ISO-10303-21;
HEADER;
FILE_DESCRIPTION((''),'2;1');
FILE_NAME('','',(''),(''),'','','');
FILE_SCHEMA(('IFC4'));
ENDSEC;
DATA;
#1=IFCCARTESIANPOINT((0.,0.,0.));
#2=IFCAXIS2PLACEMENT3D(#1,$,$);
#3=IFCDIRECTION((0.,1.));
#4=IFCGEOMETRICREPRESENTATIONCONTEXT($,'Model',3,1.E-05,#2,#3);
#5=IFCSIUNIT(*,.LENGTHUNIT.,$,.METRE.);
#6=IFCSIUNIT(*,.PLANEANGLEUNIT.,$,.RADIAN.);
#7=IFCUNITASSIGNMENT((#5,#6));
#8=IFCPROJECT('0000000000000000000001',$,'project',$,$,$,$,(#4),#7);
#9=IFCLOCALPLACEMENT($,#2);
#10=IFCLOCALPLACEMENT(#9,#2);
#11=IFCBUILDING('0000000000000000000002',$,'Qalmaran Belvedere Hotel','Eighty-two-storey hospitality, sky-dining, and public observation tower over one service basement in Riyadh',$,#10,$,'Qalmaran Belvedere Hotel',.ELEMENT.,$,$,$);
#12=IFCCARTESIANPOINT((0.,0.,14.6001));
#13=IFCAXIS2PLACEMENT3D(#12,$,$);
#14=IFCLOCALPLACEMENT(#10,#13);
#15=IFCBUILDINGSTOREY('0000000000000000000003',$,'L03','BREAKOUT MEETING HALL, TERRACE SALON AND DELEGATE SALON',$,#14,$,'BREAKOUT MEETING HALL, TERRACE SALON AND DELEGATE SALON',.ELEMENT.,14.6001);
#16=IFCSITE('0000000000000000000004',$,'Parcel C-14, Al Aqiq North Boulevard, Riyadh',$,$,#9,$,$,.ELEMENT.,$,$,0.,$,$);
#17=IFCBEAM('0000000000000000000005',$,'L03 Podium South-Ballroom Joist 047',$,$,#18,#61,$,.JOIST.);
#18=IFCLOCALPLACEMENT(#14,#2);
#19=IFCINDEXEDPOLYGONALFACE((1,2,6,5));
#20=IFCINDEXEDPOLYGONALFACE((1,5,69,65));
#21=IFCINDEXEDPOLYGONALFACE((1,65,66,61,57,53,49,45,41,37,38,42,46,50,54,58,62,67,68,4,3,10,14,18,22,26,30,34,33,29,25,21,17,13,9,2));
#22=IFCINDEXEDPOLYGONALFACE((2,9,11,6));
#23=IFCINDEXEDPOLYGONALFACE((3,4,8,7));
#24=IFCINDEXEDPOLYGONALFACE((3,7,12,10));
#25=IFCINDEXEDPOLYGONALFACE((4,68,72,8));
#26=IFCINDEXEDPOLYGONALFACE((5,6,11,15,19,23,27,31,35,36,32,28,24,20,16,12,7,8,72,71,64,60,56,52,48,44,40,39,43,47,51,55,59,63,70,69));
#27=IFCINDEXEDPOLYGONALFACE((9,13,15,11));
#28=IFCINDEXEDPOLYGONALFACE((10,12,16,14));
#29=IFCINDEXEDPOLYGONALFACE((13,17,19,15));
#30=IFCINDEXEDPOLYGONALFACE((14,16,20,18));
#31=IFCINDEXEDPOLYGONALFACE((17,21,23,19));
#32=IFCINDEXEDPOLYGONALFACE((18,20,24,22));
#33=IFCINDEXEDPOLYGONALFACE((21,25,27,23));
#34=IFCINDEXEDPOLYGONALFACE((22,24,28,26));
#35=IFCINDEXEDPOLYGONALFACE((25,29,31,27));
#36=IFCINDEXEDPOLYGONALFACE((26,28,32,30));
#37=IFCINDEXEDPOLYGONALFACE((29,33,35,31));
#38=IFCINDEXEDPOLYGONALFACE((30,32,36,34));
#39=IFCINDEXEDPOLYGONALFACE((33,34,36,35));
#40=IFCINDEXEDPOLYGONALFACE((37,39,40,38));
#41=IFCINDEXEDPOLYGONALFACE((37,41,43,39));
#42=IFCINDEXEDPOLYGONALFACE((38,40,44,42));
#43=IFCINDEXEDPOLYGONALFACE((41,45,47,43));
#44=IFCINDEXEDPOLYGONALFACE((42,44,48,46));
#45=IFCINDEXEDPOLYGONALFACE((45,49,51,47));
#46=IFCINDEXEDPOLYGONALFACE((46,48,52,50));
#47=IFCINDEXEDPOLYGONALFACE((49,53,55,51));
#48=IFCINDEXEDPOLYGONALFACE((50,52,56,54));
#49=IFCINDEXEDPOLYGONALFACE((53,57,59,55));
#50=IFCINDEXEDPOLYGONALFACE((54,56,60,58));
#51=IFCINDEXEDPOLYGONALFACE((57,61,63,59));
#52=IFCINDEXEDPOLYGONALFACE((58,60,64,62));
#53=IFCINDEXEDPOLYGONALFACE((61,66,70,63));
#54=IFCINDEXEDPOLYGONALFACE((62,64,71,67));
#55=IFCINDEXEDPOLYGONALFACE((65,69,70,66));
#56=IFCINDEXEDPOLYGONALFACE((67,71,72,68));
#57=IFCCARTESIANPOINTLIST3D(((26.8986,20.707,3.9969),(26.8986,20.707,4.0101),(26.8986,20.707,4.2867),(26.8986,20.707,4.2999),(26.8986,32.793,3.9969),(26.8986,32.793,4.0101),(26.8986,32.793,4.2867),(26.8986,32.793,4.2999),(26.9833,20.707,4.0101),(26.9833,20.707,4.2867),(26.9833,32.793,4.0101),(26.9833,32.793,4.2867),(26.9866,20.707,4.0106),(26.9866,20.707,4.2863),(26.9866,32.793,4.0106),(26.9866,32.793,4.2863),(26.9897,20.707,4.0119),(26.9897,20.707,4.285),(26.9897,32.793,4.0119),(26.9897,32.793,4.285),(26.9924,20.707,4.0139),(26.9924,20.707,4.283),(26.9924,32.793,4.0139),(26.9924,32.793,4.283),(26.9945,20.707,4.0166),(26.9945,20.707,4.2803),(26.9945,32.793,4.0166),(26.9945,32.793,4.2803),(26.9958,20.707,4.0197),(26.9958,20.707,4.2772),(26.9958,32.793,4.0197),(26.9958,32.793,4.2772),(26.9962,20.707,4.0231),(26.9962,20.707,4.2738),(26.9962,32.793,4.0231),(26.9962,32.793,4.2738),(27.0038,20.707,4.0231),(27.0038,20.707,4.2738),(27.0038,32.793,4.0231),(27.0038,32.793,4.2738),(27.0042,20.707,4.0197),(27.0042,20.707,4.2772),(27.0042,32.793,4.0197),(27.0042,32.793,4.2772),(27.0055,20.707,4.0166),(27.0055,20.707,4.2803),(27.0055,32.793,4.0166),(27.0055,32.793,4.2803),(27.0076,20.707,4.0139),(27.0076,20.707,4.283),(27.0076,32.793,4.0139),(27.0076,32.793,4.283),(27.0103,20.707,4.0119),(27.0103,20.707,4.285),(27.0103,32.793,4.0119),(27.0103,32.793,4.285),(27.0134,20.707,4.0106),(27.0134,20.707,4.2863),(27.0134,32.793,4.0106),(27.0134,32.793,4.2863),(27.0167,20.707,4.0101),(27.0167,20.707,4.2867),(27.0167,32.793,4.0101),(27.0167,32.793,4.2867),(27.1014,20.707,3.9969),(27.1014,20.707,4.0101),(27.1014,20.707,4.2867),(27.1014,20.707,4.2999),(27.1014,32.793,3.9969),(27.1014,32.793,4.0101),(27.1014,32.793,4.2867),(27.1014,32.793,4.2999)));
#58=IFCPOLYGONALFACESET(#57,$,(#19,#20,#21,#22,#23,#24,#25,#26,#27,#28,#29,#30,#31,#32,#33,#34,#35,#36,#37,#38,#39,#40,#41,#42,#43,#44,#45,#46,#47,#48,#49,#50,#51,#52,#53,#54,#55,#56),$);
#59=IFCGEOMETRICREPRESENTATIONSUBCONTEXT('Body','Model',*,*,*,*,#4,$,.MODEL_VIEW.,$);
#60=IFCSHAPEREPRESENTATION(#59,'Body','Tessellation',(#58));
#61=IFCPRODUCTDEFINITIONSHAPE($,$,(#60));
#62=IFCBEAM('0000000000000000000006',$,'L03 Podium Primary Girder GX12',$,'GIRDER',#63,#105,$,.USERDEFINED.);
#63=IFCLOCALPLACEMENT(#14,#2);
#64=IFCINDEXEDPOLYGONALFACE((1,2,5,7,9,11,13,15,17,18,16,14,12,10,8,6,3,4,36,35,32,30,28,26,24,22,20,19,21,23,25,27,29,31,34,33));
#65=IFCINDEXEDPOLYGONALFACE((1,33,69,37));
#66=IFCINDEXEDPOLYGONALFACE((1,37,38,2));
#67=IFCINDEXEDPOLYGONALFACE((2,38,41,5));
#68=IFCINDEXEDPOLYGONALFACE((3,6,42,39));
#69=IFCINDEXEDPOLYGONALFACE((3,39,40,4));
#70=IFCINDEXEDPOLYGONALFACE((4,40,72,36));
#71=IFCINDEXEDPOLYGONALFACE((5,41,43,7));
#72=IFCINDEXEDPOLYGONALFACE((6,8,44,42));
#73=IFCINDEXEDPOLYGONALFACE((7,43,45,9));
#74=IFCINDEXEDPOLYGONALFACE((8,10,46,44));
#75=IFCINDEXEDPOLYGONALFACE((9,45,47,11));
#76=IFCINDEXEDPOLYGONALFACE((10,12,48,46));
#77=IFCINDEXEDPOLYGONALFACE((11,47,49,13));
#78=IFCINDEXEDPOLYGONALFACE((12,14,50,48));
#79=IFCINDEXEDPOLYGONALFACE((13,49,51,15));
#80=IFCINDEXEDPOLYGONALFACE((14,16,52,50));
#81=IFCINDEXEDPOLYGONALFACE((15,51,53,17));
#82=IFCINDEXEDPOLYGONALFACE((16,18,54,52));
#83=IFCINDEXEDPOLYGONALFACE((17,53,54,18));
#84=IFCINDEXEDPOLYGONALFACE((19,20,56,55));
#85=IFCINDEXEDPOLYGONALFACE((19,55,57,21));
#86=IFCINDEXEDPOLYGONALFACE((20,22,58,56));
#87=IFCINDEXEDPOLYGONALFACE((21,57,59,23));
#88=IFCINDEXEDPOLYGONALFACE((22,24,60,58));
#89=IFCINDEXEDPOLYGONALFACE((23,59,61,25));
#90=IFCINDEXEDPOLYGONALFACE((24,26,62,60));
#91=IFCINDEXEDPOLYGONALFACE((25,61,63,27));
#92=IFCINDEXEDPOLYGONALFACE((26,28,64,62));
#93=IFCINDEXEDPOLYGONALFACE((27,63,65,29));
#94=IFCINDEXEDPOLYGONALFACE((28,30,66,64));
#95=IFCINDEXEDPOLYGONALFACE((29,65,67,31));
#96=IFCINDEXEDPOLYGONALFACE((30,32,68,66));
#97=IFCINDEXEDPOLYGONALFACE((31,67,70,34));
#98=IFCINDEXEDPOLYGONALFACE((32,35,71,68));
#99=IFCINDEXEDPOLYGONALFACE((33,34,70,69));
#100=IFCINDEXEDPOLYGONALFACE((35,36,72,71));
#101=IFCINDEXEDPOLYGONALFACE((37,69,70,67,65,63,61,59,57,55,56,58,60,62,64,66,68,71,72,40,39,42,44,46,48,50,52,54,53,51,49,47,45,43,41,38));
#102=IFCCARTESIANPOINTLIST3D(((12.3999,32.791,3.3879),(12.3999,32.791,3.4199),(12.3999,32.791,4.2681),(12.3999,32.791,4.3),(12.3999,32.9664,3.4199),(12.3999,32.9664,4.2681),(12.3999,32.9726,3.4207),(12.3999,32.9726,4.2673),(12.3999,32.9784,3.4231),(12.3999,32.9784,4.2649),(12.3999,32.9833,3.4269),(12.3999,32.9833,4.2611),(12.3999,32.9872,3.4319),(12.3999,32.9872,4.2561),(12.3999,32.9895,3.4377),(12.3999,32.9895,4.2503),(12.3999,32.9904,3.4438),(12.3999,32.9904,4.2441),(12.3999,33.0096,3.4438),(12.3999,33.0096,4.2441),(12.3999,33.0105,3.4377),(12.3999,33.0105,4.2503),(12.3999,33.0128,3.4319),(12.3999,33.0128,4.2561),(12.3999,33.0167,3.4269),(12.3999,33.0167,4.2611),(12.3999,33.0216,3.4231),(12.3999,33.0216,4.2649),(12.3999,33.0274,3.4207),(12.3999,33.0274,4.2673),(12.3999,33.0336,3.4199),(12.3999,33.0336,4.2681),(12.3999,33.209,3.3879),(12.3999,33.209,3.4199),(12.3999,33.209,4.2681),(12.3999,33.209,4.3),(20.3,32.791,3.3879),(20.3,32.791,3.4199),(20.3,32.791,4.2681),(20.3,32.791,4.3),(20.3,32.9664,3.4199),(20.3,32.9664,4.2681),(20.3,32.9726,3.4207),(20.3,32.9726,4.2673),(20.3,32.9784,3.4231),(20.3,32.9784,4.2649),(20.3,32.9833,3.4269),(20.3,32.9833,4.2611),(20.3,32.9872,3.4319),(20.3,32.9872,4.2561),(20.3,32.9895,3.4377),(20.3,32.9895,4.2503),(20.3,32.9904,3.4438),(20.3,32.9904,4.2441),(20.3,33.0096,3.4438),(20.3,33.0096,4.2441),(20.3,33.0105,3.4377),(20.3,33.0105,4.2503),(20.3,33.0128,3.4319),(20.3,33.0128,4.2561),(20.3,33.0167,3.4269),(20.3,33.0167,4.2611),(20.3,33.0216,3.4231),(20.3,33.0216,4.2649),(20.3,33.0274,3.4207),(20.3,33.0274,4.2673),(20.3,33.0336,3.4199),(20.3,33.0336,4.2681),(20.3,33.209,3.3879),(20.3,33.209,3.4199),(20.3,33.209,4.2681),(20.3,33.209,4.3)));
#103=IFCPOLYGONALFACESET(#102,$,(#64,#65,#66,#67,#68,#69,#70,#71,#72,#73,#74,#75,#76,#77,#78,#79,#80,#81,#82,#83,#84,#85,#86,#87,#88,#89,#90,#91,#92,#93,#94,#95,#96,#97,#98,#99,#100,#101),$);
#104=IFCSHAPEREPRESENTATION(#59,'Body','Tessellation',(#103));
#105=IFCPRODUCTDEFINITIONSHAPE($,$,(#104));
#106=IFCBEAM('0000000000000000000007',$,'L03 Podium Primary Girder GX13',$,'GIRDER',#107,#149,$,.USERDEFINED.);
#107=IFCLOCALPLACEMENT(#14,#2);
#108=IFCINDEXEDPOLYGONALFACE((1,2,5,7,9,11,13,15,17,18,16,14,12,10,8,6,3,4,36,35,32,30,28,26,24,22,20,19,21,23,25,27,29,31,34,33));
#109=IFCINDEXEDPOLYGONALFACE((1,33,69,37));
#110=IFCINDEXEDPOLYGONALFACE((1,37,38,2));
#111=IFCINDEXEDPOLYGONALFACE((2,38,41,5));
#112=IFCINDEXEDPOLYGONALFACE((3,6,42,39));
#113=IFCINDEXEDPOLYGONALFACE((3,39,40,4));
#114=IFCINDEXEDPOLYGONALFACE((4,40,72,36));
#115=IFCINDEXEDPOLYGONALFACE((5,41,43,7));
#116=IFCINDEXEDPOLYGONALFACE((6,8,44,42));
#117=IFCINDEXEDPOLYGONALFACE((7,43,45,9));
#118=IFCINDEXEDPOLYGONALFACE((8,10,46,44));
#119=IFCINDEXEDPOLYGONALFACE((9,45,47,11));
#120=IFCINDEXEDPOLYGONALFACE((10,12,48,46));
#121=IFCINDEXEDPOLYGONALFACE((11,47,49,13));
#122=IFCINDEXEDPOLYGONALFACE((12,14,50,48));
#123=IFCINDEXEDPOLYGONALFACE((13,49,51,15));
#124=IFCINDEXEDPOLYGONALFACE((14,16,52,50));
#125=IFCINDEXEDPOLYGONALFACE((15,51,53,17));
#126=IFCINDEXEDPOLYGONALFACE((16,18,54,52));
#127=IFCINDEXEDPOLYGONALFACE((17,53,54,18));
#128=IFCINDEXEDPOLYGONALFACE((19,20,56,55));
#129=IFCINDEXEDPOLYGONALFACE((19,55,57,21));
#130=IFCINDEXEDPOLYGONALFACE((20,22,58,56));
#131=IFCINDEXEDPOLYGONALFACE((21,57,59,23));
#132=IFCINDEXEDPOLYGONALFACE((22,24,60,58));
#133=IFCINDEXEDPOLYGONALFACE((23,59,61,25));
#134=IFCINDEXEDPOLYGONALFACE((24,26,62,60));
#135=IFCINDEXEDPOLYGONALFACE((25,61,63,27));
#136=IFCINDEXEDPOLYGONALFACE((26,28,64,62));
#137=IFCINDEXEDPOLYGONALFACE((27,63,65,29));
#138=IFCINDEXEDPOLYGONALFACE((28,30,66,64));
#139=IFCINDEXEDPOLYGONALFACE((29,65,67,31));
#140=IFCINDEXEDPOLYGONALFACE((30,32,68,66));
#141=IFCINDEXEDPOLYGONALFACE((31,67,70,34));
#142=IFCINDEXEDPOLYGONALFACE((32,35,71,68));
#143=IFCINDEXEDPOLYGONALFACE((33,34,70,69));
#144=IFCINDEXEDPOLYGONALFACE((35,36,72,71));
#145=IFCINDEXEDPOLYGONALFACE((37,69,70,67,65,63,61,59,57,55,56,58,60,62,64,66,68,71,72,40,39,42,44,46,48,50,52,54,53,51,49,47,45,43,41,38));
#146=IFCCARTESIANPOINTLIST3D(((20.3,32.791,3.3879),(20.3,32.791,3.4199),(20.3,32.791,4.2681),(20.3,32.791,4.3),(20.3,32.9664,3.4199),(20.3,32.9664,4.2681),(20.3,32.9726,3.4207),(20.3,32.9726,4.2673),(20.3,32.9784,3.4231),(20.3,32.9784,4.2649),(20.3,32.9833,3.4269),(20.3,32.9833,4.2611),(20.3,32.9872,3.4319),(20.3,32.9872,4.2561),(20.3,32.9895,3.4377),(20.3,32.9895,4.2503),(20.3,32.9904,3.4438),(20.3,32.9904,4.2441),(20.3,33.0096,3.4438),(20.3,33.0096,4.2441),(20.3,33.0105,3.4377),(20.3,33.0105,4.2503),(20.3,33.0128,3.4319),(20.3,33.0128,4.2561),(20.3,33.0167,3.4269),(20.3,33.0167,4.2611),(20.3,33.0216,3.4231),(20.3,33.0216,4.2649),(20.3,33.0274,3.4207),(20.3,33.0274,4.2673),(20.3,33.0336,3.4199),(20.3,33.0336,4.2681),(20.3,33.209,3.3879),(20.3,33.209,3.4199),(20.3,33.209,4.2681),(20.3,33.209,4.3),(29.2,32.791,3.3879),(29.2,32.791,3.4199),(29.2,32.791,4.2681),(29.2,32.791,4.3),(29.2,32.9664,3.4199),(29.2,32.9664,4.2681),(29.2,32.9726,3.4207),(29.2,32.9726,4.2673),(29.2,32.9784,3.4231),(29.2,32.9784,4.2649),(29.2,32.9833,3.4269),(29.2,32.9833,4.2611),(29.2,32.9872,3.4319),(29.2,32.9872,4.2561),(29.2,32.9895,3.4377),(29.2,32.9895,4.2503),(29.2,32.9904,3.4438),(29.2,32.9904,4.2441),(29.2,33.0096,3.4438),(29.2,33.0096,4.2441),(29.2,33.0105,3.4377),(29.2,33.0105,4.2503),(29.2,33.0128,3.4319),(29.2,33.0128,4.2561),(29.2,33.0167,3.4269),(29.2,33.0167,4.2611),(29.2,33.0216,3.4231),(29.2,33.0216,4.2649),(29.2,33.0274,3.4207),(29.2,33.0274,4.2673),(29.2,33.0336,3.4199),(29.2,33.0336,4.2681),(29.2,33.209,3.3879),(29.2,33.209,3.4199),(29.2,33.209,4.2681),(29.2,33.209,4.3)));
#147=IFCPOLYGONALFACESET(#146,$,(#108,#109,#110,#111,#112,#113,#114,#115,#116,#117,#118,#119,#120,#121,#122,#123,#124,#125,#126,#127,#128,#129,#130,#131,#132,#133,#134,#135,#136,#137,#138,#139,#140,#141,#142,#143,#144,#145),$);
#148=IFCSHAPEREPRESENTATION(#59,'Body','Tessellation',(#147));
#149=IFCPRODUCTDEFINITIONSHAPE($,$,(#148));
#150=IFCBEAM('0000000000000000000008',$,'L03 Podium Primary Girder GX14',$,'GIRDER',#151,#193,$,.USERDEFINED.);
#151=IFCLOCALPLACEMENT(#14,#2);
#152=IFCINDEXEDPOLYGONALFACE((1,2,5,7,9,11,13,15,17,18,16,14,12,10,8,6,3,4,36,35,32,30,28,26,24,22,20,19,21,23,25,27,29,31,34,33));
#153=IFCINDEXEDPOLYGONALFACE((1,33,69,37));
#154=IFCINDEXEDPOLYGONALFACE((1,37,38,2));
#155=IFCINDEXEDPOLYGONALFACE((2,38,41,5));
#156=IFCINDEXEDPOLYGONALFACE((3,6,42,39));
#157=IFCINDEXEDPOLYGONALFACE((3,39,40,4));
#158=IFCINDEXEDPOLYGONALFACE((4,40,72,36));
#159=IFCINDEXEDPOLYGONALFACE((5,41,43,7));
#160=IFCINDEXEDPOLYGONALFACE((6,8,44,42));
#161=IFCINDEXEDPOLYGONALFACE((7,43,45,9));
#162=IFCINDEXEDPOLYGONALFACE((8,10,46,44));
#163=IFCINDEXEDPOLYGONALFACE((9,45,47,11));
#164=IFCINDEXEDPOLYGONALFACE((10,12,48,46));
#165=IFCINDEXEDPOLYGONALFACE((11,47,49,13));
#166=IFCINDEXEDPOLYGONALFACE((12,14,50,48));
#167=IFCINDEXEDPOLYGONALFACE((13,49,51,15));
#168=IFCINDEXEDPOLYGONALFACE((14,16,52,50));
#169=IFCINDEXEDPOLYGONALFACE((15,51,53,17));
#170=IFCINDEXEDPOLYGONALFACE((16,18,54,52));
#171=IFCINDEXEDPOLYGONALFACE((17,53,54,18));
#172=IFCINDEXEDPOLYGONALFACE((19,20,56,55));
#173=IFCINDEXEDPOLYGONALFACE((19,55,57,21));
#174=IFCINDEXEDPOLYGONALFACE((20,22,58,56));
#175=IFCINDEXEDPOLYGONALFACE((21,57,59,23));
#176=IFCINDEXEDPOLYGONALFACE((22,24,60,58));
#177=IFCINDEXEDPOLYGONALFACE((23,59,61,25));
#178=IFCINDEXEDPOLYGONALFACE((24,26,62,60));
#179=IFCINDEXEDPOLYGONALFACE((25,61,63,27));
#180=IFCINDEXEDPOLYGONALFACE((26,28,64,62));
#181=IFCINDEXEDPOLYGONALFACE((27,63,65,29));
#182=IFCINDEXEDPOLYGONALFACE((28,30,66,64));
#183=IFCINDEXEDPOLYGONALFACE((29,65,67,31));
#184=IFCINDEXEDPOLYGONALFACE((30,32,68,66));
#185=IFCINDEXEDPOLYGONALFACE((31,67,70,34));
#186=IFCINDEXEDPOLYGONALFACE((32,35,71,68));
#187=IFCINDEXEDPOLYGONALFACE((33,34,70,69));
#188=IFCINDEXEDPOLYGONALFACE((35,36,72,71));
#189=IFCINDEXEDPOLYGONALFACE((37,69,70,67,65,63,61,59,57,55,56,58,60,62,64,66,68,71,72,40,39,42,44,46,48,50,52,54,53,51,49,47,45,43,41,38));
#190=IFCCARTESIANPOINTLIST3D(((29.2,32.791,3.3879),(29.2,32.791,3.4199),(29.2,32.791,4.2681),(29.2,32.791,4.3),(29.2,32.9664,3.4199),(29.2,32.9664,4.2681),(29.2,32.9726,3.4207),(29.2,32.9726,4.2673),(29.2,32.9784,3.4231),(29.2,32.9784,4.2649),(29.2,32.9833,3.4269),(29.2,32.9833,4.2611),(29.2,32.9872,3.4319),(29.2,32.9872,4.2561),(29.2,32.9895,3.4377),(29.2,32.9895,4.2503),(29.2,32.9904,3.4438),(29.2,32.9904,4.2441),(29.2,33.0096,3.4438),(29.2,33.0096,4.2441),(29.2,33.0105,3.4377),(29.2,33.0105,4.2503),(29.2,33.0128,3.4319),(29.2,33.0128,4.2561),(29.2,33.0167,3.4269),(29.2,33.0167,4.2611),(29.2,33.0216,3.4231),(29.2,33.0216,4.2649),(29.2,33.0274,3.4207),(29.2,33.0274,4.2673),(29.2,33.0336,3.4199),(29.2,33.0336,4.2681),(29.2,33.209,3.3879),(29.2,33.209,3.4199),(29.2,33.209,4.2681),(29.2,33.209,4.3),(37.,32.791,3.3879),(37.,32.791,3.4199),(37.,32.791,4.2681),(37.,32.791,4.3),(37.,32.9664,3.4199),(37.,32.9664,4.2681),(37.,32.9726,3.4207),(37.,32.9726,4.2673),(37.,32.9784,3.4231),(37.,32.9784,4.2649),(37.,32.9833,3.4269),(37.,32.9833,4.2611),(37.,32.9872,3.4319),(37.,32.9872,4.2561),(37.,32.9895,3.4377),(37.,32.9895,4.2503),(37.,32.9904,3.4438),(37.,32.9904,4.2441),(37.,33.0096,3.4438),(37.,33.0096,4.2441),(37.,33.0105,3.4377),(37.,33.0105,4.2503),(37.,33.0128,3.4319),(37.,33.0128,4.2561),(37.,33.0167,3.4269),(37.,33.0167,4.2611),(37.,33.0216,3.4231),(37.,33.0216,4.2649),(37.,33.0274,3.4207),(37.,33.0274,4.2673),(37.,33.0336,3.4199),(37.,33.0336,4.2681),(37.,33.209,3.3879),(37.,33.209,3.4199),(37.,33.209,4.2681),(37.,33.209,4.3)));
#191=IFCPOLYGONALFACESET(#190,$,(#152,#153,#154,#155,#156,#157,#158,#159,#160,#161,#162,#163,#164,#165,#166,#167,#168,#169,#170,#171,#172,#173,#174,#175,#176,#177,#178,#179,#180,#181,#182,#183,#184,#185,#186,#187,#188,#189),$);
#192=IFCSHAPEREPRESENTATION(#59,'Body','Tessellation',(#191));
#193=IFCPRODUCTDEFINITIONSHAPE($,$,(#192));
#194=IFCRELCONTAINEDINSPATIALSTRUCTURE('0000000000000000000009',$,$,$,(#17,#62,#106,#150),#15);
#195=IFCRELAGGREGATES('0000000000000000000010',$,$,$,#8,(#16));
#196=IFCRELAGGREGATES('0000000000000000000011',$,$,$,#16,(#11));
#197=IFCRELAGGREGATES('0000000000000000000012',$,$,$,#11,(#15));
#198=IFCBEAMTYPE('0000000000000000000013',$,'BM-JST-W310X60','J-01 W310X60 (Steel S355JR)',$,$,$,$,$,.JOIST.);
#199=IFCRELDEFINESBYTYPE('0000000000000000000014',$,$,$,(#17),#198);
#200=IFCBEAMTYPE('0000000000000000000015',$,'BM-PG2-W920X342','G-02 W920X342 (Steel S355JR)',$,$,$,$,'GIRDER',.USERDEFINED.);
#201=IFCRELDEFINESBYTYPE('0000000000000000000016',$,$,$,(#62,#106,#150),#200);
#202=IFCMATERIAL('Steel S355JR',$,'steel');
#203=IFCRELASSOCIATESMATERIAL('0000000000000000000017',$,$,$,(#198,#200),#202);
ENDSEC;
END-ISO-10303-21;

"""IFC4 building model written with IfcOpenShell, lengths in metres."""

from ifc_helpers import new_model, si_unit, direction, frame, origin, origin_2d, place, context, subcontext, project, spatial, i_section, extrude, material, material_profile, profile_set, type_object, element, save


model = new_model("IFC4")

# Units and contexts
model_context = context("Model", 3, precision=1e-05, world=origin(), true_north=direction((0.0, 1.0)))
body_context = subcontext(model_context, "Body", "Model", "MODEL_VIEW")
ifc_project = project(units=[si_unit("LENGTHUNIT", "METRE"), si_unit("PLANEANGLEUNIT", "RADIAN")], contexts=[model_context])

# Site, building, storey
site_placement = place(None, origin())
site = spatial("IfcSite", under=ifc_project, at=site_placement, Name="Parcel C-14, Al Aqiq North Boulevard, Riyadh", CompositionType="ELEMENT", RefElevation=0.0)
building_placement = place(site_placement, origin())
building = spatial("IfcBuilding", under=site, at=building_placement, Name="Qalmaran Belvedere Hotel", Description="Eighty-two-storey hospitality, sky-dining, and public observation tower over one service basement in Riyadh", LongName="Qalmaran Belvedere Hotel", CompositionType="ELEMENT")
storey_placement = place(building_placement, frame((0.0, 0.0, 14.6001)))
storey = spatial("IfcBuildingStorey", under=building, at=storey_placement, Name="L03", Description="BREAKOUT MEETING HALL, TERRACE SALON AND DELEGATE SALON", LongName="BREAKOUT MEETING HALL, TERRACE SALON AND DELEGATE SALON", CompositionType="ELEMENT", Elevation=14.6001)

# Beams
ifc_material_1 = material(Name="Steel S355JR", Category="steel")
ifc_material_profile_1 = material_profile(ifc_material_1, i_section(OverallWidth=0.2029, OverallDepth=0.303, WebThickness=0.0076, FlangeThickness=0.0132, FilletRadius=0.0129, at=origin_2d()), Name="W310X60")
ifc_profile_set_1 = profile_set([ifc_material_profile_1], Name="Steel S355JR")
beam_type_1 = type_object("IfcBeamType", Name="BM-JST-W310X60", Description="J-01 W310X60 (Steel S355JR)", PredefinedType="JOIST", material=ifc_profile_set_1)
beam_1_placement = place(storey_placement, frame((27.0, 20.707, 4.1484), z_axis=(0.0, 1.0, 0.0), x_axis=(-1.0, 0.0, 0.0)))
element("IfcBeam", 1, at=beam_1_placement, inside=storey, type_object=beam_type_1, Name="L03 Podium South-Ballroom Joist 047", PredefinedType="JOIST", context=body_context, shape_type="SweptSolid", body=[
    extrude(i_section(OverallWidth=0.2029, OverallDepth=0.303, WebThickness=0.0076, FlangeThickness=0.0132, FilletRadius=0.0129, at=origin_2d()), origin(), (0.0, 0.0, 1.0), 12.0859),
])
ifc_material_profile_2 = material_profile(ifc_material_1, i_section(OverallWidth=0.418, OverallDepth=0.9121, WebThickness=0.0193, FlangeThickness=0.032, FilletRadius=0.0239, at=origin_2d()), Name="W920X342")
ifc_profile_set_2 = profile_set([ifc_material_profile_2], Name="Steel S355JR")
beam_type_2 = type_object("IfcBeamType", Name="BM-PG2-W920X342", Description="G-02 W920X342 (Steel S355JR)", ElementType="GIRDER", PredefinedType="USERDEFINED", material=ifc_profile_set_2)
beam_2_placement = place(storey_placement, frame((12.3999, 33.0, 3.844), z_axis=(1.0, 0.0, 0.0), x_axis=(0.0, 1.0, 0.0)))
element("IfcBeam", 2, at=beam_2_placement, inside=storey, type_object=beam_type_2, Name="L03 Podium Primary Girder GX12", ObjectType="GIRDER", PredefinedType="USERDEFINED", context=body_context, shape_type="SweptSolid", body=[
    extrude(i_section(OverallWidth=0.418, OverallDepth=0.9121, WebThickness=0.0193, FlangeThickness=0.032, FilletRadius=0.0239, at=origin_2d()), origin(), (0.0, 0.0, 1.0), 7.9001),
])
beam_3_placement = place(storey_placement, frame((20.3, 33.0, 3.844), z_axis=(1.0, 0.0, 0.0), x_axis=(0.0, 1.0, 0.0)))
element("IfcBeam", 3, at=beam_3_placement, inside=storey, type_object=beam_type_2, Name="L03 Podium Primary Girder GX13", ObjectType="GIRDER", PredefinedType="USERDEFINED", context=body_context, shape_type="SweptSolid", body=[
    extrude(i_section(OverallWidth=0.418, OverallDepth=0.9121, WebThickness=0.0193, FlangeThickness=0.032, FilletRadius=0.0239, at=origin_2d()), origin(), (0.0, 0.0, 1.0), 8.8999),
])
beam_4_placement = place(storey_placement, frame((29.2, 33.0, 3.844), z_axis=(1.0, 0.0, 0.0), x_axis=(0.0, 1.0, 0.0)))
element("IfcBeam", 4, at=beam_4_placement, inside=storey, type_object=beam_type_2, Name="L03 Podium Primary Girder GX14", ObjectType="GIRDER", PredefinedType="USERDEFINED", context=body_context, shape_type="SweptSolid", body=[
    extrude(i_section(OverallWidth=0.418, OverallDepth=0.9121, WebThickness=0.0193, FlangeThickness=0.032, FilletRadius=0.0239, at=origin_2d()), origin(), (0.0, 0.0, 1.0), 7.8),
])

save(model, "model.ifc")
